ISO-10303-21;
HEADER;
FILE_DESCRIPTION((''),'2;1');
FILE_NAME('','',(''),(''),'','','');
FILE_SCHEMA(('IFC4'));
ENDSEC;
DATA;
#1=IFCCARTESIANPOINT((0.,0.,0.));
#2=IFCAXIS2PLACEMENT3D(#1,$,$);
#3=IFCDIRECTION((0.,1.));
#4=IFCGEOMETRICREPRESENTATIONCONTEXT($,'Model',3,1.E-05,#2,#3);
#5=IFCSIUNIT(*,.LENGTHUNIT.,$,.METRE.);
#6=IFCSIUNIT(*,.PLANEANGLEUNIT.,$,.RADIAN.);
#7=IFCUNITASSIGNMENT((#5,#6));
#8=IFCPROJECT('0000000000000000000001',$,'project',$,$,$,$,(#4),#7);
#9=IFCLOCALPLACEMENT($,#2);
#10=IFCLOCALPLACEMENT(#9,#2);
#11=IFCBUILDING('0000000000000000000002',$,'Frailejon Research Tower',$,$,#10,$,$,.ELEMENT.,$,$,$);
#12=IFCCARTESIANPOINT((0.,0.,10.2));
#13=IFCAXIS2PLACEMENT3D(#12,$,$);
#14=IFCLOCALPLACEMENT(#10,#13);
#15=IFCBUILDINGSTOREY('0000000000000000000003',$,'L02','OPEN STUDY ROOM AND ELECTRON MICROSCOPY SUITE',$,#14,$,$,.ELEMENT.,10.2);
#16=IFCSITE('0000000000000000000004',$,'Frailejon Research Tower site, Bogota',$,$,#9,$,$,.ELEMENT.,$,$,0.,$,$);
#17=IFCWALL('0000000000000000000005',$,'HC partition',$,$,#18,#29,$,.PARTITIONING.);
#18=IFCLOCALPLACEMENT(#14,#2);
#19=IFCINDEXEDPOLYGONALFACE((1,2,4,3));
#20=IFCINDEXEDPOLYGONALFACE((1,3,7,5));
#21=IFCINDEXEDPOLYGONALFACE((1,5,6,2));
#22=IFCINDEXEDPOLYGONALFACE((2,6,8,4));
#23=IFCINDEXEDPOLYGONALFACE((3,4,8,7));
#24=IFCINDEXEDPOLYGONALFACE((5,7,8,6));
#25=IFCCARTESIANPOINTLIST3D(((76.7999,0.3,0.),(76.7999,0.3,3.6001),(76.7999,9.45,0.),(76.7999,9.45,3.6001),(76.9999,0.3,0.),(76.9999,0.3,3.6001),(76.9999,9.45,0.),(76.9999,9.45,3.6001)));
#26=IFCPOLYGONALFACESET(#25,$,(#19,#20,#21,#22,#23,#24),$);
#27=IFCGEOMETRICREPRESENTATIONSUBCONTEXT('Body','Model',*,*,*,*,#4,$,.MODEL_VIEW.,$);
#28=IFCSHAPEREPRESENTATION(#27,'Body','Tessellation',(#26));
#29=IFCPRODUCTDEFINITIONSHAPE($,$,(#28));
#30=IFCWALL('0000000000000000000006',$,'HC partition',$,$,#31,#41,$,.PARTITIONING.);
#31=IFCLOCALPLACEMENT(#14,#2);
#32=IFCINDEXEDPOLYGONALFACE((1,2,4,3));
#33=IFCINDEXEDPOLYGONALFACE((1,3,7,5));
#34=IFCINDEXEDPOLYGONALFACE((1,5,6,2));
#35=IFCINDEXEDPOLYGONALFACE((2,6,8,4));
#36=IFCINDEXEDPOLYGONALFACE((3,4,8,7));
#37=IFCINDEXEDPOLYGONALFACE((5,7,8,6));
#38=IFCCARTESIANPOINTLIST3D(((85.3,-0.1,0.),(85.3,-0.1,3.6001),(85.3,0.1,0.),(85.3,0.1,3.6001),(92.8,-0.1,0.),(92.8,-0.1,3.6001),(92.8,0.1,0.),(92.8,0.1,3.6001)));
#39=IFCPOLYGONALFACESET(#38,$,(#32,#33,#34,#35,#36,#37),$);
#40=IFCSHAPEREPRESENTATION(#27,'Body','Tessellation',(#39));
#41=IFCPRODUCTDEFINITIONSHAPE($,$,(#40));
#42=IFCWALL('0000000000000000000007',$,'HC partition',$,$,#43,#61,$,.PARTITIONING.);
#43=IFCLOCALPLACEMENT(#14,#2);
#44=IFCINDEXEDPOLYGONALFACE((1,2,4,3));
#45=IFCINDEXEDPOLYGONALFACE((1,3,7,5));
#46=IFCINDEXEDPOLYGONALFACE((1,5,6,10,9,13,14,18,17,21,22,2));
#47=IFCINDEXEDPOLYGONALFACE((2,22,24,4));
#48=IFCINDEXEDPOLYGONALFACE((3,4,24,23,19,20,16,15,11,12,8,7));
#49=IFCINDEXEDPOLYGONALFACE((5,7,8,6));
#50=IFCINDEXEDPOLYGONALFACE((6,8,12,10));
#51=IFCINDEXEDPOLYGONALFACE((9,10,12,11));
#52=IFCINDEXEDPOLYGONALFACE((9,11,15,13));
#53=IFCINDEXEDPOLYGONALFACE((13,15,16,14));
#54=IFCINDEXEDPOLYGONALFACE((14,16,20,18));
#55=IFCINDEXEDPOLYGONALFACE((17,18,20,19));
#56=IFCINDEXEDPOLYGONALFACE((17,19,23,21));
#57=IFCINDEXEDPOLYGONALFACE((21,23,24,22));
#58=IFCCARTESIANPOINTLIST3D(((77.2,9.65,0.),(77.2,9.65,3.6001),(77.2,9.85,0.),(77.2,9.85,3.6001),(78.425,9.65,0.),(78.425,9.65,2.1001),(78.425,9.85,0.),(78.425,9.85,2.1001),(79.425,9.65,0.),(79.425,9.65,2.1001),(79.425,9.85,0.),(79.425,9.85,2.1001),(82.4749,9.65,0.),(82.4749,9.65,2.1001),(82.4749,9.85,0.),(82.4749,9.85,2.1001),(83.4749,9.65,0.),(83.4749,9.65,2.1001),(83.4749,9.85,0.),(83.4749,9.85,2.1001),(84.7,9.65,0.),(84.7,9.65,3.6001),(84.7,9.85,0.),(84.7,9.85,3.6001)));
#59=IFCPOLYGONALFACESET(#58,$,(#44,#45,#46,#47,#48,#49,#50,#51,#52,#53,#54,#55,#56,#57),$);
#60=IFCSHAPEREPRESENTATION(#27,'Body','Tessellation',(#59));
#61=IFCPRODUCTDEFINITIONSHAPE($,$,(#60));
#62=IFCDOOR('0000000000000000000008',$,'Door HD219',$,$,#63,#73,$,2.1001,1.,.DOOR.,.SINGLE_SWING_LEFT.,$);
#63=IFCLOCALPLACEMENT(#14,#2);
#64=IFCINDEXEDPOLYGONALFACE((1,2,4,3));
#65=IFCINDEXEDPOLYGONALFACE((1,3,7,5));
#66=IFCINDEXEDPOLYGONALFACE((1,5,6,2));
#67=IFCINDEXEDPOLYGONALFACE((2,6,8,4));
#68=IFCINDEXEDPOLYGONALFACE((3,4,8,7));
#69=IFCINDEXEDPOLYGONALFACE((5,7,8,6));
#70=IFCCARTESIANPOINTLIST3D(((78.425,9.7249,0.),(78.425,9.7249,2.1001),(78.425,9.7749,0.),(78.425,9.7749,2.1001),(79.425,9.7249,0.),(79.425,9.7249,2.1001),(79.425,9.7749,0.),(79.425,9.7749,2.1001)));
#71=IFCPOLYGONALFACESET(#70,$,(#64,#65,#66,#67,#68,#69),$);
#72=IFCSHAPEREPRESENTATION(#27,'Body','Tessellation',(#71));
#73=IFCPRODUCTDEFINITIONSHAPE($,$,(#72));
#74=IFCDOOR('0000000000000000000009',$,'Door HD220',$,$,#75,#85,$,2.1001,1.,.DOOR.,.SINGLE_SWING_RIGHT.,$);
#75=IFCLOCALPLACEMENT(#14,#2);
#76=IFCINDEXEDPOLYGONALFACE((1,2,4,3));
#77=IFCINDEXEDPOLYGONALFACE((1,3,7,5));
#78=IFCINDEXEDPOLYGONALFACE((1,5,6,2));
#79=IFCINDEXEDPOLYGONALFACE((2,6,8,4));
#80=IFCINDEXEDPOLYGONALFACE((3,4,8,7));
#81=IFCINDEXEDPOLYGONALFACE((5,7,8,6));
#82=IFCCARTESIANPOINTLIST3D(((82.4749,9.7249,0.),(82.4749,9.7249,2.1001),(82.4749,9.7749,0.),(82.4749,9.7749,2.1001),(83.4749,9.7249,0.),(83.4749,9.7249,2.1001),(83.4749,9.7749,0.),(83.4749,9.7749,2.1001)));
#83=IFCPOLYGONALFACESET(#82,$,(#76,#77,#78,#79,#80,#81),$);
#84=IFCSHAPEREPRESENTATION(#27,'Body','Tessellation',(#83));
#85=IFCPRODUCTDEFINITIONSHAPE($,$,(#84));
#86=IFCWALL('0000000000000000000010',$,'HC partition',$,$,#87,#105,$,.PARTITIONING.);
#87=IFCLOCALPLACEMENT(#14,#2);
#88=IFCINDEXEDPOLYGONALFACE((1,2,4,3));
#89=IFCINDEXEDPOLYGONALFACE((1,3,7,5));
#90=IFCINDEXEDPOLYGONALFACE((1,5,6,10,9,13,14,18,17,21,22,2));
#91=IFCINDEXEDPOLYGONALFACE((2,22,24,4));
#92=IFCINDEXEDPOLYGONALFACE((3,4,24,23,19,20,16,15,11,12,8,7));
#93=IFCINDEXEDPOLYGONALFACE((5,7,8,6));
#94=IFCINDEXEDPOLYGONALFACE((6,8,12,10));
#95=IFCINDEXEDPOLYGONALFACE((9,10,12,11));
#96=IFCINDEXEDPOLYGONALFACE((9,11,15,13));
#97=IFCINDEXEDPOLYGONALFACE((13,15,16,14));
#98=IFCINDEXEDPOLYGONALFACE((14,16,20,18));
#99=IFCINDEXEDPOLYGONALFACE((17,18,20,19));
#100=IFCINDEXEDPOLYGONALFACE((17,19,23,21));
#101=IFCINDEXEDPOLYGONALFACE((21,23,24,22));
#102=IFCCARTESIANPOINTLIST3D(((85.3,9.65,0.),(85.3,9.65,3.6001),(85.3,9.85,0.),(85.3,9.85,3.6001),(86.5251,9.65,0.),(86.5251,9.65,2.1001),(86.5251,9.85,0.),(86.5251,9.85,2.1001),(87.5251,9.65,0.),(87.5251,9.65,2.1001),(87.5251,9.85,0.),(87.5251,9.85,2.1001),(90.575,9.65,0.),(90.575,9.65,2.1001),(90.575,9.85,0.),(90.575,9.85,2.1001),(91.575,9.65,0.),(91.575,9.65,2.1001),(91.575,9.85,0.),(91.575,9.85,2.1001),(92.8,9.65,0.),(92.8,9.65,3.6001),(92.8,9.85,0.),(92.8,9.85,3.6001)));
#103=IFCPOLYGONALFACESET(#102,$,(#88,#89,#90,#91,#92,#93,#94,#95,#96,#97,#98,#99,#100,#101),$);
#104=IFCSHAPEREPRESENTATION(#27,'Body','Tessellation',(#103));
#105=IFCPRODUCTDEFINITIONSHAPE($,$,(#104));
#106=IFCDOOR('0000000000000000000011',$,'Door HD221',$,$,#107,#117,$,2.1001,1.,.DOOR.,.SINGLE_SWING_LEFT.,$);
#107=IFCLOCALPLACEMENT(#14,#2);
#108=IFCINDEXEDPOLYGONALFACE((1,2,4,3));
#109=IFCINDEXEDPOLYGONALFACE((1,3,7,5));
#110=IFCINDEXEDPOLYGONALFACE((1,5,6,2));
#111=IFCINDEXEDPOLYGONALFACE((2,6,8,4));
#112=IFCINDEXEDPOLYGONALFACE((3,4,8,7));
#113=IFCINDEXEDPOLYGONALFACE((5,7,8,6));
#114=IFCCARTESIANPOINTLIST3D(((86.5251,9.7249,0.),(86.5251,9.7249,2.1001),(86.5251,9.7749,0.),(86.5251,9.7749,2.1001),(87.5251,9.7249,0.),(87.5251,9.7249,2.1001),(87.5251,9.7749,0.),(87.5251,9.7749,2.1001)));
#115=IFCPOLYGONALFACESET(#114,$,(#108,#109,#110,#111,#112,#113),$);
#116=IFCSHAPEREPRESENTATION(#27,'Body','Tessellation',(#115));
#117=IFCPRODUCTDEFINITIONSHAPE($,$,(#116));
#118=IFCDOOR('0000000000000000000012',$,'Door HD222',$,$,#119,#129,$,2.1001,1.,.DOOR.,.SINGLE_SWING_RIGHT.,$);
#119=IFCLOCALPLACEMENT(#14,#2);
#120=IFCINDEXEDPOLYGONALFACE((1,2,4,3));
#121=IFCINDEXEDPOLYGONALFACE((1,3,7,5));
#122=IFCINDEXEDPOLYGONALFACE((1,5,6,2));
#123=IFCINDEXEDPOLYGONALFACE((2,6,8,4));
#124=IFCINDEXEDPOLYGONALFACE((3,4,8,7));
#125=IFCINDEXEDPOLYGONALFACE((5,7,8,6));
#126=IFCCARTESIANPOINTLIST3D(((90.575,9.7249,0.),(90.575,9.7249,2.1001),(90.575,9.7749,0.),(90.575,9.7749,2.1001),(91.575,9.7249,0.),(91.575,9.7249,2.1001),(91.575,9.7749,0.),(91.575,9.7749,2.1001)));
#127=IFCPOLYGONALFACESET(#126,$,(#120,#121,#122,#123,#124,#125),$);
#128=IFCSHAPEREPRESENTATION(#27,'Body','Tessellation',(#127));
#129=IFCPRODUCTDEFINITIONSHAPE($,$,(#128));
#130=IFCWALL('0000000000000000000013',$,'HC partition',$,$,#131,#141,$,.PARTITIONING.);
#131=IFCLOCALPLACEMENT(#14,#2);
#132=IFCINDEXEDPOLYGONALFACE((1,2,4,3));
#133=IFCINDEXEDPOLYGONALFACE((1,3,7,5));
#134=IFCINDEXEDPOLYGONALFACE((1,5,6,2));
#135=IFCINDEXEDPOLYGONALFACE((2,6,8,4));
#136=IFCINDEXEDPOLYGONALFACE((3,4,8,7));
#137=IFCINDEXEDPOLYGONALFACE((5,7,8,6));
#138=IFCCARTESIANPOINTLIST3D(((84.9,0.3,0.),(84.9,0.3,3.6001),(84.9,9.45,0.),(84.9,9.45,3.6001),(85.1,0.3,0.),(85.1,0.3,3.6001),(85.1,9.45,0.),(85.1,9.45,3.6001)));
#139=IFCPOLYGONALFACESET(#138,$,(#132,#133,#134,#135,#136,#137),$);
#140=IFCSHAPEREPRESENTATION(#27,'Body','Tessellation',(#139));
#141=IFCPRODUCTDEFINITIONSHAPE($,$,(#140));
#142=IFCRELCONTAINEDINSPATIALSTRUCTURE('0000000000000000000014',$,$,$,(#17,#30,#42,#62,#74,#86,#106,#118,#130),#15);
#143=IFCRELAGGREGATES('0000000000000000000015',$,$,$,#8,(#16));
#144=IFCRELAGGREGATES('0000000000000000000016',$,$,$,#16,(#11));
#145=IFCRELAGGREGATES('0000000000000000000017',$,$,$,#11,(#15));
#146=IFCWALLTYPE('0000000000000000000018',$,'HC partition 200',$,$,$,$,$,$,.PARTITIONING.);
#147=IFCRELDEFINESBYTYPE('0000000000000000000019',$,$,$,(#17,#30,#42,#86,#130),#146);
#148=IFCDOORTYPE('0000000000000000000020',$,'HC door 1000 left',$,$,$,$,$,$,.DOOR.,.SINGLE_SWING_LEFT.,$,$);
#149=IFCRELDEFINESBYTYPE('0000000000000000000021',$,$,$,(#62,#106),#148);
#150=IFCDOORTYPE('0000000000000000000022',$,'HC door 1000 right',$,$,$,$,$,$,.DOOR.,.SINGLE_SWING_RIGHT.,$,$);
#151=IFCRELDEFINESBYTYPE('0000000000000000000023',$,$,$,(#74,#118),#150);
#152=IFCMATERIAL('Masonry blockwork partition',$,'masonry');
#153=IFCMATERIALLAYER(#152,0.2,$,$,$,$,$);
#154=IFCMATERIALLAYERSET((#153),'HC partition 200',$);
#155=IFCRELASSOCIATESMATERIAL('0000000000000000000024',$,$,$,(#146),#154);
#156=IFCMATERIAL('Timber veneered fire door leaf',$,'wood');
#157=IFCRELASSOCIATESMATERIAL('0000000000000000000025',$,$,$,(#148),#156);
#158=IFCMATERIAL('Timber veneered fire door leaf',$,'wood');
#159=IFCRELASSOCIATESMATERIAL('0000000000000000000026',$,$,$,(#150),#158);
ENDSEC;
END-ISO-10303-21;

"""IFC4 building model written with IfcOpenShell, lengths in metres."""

from ifc_helpers import new_model, si_unit, direction, frame, frame_2d, origin, place, context, subcontext, project, spatial, rectangle, extrude, material, layer, layer_set, type_object, element, fill, save


model = new_model("IFC4")

# Units and contexts
model_context = context("Model", 3, precision=1e-05, world=origin(), true_north=direction((0.0, 1.0)))
body_context = subcontext(model_context, "Body", "Model", "MODEL_VIEW")
ifc_project = project(units=[si_unit("LENGTHUNIT", "METRE"), si_unit("PLANEANGLEUNIT", "RADIAN")], contexts=[model_context])

# Site, building, storey
site_placement = place(None, origin())
site = spatial("IfcSite", under=ifc_project, at=site_placement, Name="Frailejon Research Tower site, Bogota", CompositionType="ELEMENT", RefElevation=0.0)
building_placement = place(site_placement, origin())
building = spatial("IfcBuilding", under=site, at=building_placement, Name="Frailejon Research Tower", CompositionType="ELEMENT")
storey_placement = place(building_placement, frame((0.0, 0.0, 10.2)))
storey = spatial("IfcBuildingStorey", under=building, at=storey_placement, Name="L02", Description="OPEN STUDY ROOM AND ELECTRON MICROSCOPY SUITE", CompositionType="ELEMENT", Elevation=10.2)

# Walls
ifc_material_1 = material(Name="Masonry blockwork partition", Category="masonry")
ifc_layer_1 = layer(ifc_material_1, 0.2)
ifc_layer_set_1 = layer_set([ifc_layer_1], Name="HC partition 200")
wall_type_1 = type_object("IfcWallType", Name="HC partition 200", PredefinedType="PARTITIONING", material=ifc_layer_set_1)
wall_1_placement = place(storey_placement, frame((76.8999, 0.3, 0.0), z_axis=(0.0, 0.0, 1.0), x_axis=(0.0, 1.0, 0.0)))
element("IfcWall", 1, at=wall_1_placement, inside=storey, type_object=wall_type_1, Name="HC partition", PredefinedType="PARTITIONING", context=body_context, shape_type="SweptSolid", body=[
    extrude(rectangle(XDim=9.1499, YDim=0.2, at=frame_2d((4.575, 0.0))), origin(), (0.0, 0.0, 1.0), 3.6001),
])
wall_2_placement = place(storey_placement, frame((85.3, 0.0, 0.0), z_axis=(0.0, 0.0, 1.0), x_axis=(1.0, 0.0, 0.0)))
element("IfcWall", 2, at=wall_2_placement, inside=storey, type_object=wall_type_1, Name="HC partition", PredefinedType="PARTITIONING", context=body_context, shape_type="SweptSolid", body=[
    extrude(rectangle(XDim=7.5, YDim=0.2, at=frame_2d((3.75, 0.0))), origin(), (0.0, 0.0, 1.0), 3.6001),
])

# Walls, openings, doors
wall_3_placement = place(storey_placement, frame((77.2, 9.75, 0.0), z_axis=(0.0, 0.0, 1.0), x_axis=(1.0, 0.0, 0.0)))
wall_3 = element("IfcWall", 3, at=wall_3_placement, inside=storey, type_object=wall_type_1, Name="HC partition", PredefinedType="PARTITIONING", context=body_context, shape_type="SweptSolid", body=[
    extrude(rectangle(XDim=7.5, YDim=0.2, at=frame_2d((3.75, 0.0))), origin(), (0.0, 0.0, 1.0), 3.6001),
])
opening_1_placement = place(wall_3_placement, frame((1.2251, 0.0, 0.0)))
opening_1 = element("IfcOpeningElement", 4, at=opening_1_placement, cuts=wall_3, PredefinedType="OPENING", context=body_context, shape_type="SweptSolid", body=[
    extrude(rectangle(XDim=1.0, YDim=2.1001, at=frame_2d((0.5, 1.05))), frame((0.0, 0.1099, 0.0), z_axis=(0.0, -1.0, 0.0), x_axis=(1.0, 0.0, 0.0)), (0.0, 0.0, 1.0), 0.22),
])
opening_2_placement = place(wall_3_placement, frame((5.2749, 0.0, 0.0)))
opening_2 = element("IfcOpeningElement", 5, at=opening_2_placement, cuts=wall_3, PredefinedType="OPENING", context=body_context, shape_type="SweptSolid", body=[
    extrude(rectangle(XDim=1.0, YDim=2.1001, at=frame_2d((0.5, 1.05))), frame((0.0, 0.1099, 0.0), z_axis=(0.0, -1.0, 0.0), x_axis=(1.0, 0.0, 0.0)), (0.0, 0.0, 1.0), 0.22),
])
ifc_material_2 = material(Name="Timber veneered fire door leaf", Category="wood")
door_type_1 = type_object("IfcDoorType", Name="HC door 1000 left", OperationType="SINGLE_SWING_LEFT", PredefinedType="DOOR", material=ifc_material_2)
door_1_placement = place(opening_1_placement, origin())
door_1 = element("IfcDoor", 6, at=door_1_placement, inside=storey, type_object=door_type_1, Name="Door HD219", OperationType="SINGLE_SWING_LEFT", OverallHeight=2.1001, OverallWidth=1.0, PredefinedType="DOOR", context=body_context, shape_type="SweptSolid", body=[
    extrude(rectangle(XDim=1.0, YDim=2.1001, at=frame_2d((0.5, 1.05))), frame((0.0, 0.0249, 0.0), z_axis=(0.0, -1.0, 0.0), x_axis=(1.0, 0.0, 0.0)), (0.0, 0.0, 1.0), 0.05),
])
fill(opening_1, door_1)
ifc_material_3 = material(Name="Timber veneered fire door leaf", Category="wood")
door_type_2 = type_object("IfcDoorType", Name="HC door 1000 right", OperationType="SINGLE_SWING_RIGHT", PredefinedType="DOOR", material=ifc_material_3)
door_2_placement = place(opening_2_placement, origin())
door_2 = element("IfcDoor", 7, at=door_2_placement, inside=storey, type_object=door_type_2, Name="Door HD220", OperationType="SINGLE_SWING_RIGHT", OverallHeight=2.1001, OverallWidth=1.0, PredefinedType="DOOR", context=body_context, shape_type="SweptSolid", body=[
    extrude(rectangle(XDim=1.0, YDim=2.1001, at=frame_2d((0.5, 1.05))), frame((0.0, 0.0249, 0.0), z_axis=(0.0, -1.0, 0.0), x_axis=(1.0, 0.0, 0.0)), (0.0, 0.0, 1.0), 0.05),
])
fill(opening_2, door_2)
wall_4_placement = place(storey_placement, frame((85.3, 9.75, 0.0), z_axis=(0.0, 0.0, 1.0), x_axis=(1.0, 0.0, 0.0)))
wall_4 = element("IfcWall", 8, at=wall_4_placement, inside=storey, type_object=wall_type_1, Name="HC partition", PredefinedType="PARTITIONING", context=body_context, shape_type="SweptSolid", body=[
    extrude(rectangle(XDim=7.5, YDim=0.2, at=frame_2d((3.75, 0.0))), origin(), (0.0, 0.0, 1.0), 3.6001),
])
opening_3_placement = place(wall_4_placement, frame((1.2251, 0.0, 0.0)))
opening_3 = element("IfcOpeningElement", 9, at=opening_3_placement, cuts=wall_4, PredefinedType="OPENING", context=body_context, shape_type="SweptSolid", body=[
    extrude(rectangle(XDim=1.0, YDim=2.1001, at=frame_2d((0.5, 1.05))), frame((0.0, 0.1099, 0.0), z_axis=(0.0, -1.0, 0.0), x_axis=(1.0, 0.0, 0.0)), (0.0, 0.0, 1.0), 0.22),
])
opening_4_placement = place(wall_4_placement, frame((5.2749, 0.0, 0.0)))
opening_4 = element("IfcOpeningElement", 10, at=opening_4_placement, cuts=wall_4, PredefinedType="OPENING", context=body_context, shape_type="SweptSolid", body=[
    extrude(rectangle(XDim=1.0, YDim=2.1001, at=frame_2d((0.5, 1.05))), frame((0.0, 0.1099, 0.0), z_axis=(0.0, -1.0, 0.0), x_axis=(1.0, 0.0, 0.0)), (0.0, 0.0, 1.0), 0.22),
])
door_3_placement = place(opening_3_placement, origin())
door_3 = element("IfcDoor", 11, at=door_3_placement, inside=storey, type_object=door_type_1, Name="Door HD221", OperationType="SINGLE_SWING_LEFT", OverallHeight=2.1001, OverallWidth=1.0, PredefinedType="DOOR", context=body_context, shape_type="SweptSolid", body=[
    extrude(rectangle(XDim=1.0, YDim=2.1001, at=frame_2d((0.5, 1.05))), frame((0.0, 0.0249, 0.0), z_axis=(0.0, -1.0, 0.0), x_axis=(1.0, 0.0, 0.0)), (0.0, 0.0, 1.0), 0.05),
])
fill(opening_3, door_3)
door_4_placement = place(opening_4_placement, origin())
door_4 = element("IfcDoor", 12, at=door_4_placement, inside=storey, type_object=door_type_2, Name="Door HD222", OperationType="SINGLE_SWING_RIGHT", OverallHeight=2.1001, OverallWidth=1.0, PredefinedType="DOOR", context=body_context, shape_type="SweptSolid", body=[
    extrude(rectangle(XDim=1.0, YDim=2.1001, at=frame_2d((0.5, 1.05))), frame((0.0, 0.0249, 0.0), z_axis=(0.0, -1.0, 0.0), x_axis=(1.0, 0.0, 0.0)), (0.0, 0.0, 1.0), 0.05),
])
fill(opening_4, door_4)

# Wall
wall_5_placement = place(storey_placement, frame((85.0, 0.3, 0.0), z_axis=(0.0, 0.0, 1.0), x_axis=(0.0, 1.0, 0.0)))
element("IfcWall", 13, at=wall_5_placement, inside=storey, type_object=wall_type_1, Name="HC partition", PredefinedType="PARTITIONING", context=body_context, shape_type="SweptSolid", body=[
    extrude(rectangle(XDim=9.1499, YDim=0.2, at=frame_2d((4.575, 0.0))), origin(), (0.0, 0.0, 1.0), 3.6001),
])

save(model, "model.ifc")
